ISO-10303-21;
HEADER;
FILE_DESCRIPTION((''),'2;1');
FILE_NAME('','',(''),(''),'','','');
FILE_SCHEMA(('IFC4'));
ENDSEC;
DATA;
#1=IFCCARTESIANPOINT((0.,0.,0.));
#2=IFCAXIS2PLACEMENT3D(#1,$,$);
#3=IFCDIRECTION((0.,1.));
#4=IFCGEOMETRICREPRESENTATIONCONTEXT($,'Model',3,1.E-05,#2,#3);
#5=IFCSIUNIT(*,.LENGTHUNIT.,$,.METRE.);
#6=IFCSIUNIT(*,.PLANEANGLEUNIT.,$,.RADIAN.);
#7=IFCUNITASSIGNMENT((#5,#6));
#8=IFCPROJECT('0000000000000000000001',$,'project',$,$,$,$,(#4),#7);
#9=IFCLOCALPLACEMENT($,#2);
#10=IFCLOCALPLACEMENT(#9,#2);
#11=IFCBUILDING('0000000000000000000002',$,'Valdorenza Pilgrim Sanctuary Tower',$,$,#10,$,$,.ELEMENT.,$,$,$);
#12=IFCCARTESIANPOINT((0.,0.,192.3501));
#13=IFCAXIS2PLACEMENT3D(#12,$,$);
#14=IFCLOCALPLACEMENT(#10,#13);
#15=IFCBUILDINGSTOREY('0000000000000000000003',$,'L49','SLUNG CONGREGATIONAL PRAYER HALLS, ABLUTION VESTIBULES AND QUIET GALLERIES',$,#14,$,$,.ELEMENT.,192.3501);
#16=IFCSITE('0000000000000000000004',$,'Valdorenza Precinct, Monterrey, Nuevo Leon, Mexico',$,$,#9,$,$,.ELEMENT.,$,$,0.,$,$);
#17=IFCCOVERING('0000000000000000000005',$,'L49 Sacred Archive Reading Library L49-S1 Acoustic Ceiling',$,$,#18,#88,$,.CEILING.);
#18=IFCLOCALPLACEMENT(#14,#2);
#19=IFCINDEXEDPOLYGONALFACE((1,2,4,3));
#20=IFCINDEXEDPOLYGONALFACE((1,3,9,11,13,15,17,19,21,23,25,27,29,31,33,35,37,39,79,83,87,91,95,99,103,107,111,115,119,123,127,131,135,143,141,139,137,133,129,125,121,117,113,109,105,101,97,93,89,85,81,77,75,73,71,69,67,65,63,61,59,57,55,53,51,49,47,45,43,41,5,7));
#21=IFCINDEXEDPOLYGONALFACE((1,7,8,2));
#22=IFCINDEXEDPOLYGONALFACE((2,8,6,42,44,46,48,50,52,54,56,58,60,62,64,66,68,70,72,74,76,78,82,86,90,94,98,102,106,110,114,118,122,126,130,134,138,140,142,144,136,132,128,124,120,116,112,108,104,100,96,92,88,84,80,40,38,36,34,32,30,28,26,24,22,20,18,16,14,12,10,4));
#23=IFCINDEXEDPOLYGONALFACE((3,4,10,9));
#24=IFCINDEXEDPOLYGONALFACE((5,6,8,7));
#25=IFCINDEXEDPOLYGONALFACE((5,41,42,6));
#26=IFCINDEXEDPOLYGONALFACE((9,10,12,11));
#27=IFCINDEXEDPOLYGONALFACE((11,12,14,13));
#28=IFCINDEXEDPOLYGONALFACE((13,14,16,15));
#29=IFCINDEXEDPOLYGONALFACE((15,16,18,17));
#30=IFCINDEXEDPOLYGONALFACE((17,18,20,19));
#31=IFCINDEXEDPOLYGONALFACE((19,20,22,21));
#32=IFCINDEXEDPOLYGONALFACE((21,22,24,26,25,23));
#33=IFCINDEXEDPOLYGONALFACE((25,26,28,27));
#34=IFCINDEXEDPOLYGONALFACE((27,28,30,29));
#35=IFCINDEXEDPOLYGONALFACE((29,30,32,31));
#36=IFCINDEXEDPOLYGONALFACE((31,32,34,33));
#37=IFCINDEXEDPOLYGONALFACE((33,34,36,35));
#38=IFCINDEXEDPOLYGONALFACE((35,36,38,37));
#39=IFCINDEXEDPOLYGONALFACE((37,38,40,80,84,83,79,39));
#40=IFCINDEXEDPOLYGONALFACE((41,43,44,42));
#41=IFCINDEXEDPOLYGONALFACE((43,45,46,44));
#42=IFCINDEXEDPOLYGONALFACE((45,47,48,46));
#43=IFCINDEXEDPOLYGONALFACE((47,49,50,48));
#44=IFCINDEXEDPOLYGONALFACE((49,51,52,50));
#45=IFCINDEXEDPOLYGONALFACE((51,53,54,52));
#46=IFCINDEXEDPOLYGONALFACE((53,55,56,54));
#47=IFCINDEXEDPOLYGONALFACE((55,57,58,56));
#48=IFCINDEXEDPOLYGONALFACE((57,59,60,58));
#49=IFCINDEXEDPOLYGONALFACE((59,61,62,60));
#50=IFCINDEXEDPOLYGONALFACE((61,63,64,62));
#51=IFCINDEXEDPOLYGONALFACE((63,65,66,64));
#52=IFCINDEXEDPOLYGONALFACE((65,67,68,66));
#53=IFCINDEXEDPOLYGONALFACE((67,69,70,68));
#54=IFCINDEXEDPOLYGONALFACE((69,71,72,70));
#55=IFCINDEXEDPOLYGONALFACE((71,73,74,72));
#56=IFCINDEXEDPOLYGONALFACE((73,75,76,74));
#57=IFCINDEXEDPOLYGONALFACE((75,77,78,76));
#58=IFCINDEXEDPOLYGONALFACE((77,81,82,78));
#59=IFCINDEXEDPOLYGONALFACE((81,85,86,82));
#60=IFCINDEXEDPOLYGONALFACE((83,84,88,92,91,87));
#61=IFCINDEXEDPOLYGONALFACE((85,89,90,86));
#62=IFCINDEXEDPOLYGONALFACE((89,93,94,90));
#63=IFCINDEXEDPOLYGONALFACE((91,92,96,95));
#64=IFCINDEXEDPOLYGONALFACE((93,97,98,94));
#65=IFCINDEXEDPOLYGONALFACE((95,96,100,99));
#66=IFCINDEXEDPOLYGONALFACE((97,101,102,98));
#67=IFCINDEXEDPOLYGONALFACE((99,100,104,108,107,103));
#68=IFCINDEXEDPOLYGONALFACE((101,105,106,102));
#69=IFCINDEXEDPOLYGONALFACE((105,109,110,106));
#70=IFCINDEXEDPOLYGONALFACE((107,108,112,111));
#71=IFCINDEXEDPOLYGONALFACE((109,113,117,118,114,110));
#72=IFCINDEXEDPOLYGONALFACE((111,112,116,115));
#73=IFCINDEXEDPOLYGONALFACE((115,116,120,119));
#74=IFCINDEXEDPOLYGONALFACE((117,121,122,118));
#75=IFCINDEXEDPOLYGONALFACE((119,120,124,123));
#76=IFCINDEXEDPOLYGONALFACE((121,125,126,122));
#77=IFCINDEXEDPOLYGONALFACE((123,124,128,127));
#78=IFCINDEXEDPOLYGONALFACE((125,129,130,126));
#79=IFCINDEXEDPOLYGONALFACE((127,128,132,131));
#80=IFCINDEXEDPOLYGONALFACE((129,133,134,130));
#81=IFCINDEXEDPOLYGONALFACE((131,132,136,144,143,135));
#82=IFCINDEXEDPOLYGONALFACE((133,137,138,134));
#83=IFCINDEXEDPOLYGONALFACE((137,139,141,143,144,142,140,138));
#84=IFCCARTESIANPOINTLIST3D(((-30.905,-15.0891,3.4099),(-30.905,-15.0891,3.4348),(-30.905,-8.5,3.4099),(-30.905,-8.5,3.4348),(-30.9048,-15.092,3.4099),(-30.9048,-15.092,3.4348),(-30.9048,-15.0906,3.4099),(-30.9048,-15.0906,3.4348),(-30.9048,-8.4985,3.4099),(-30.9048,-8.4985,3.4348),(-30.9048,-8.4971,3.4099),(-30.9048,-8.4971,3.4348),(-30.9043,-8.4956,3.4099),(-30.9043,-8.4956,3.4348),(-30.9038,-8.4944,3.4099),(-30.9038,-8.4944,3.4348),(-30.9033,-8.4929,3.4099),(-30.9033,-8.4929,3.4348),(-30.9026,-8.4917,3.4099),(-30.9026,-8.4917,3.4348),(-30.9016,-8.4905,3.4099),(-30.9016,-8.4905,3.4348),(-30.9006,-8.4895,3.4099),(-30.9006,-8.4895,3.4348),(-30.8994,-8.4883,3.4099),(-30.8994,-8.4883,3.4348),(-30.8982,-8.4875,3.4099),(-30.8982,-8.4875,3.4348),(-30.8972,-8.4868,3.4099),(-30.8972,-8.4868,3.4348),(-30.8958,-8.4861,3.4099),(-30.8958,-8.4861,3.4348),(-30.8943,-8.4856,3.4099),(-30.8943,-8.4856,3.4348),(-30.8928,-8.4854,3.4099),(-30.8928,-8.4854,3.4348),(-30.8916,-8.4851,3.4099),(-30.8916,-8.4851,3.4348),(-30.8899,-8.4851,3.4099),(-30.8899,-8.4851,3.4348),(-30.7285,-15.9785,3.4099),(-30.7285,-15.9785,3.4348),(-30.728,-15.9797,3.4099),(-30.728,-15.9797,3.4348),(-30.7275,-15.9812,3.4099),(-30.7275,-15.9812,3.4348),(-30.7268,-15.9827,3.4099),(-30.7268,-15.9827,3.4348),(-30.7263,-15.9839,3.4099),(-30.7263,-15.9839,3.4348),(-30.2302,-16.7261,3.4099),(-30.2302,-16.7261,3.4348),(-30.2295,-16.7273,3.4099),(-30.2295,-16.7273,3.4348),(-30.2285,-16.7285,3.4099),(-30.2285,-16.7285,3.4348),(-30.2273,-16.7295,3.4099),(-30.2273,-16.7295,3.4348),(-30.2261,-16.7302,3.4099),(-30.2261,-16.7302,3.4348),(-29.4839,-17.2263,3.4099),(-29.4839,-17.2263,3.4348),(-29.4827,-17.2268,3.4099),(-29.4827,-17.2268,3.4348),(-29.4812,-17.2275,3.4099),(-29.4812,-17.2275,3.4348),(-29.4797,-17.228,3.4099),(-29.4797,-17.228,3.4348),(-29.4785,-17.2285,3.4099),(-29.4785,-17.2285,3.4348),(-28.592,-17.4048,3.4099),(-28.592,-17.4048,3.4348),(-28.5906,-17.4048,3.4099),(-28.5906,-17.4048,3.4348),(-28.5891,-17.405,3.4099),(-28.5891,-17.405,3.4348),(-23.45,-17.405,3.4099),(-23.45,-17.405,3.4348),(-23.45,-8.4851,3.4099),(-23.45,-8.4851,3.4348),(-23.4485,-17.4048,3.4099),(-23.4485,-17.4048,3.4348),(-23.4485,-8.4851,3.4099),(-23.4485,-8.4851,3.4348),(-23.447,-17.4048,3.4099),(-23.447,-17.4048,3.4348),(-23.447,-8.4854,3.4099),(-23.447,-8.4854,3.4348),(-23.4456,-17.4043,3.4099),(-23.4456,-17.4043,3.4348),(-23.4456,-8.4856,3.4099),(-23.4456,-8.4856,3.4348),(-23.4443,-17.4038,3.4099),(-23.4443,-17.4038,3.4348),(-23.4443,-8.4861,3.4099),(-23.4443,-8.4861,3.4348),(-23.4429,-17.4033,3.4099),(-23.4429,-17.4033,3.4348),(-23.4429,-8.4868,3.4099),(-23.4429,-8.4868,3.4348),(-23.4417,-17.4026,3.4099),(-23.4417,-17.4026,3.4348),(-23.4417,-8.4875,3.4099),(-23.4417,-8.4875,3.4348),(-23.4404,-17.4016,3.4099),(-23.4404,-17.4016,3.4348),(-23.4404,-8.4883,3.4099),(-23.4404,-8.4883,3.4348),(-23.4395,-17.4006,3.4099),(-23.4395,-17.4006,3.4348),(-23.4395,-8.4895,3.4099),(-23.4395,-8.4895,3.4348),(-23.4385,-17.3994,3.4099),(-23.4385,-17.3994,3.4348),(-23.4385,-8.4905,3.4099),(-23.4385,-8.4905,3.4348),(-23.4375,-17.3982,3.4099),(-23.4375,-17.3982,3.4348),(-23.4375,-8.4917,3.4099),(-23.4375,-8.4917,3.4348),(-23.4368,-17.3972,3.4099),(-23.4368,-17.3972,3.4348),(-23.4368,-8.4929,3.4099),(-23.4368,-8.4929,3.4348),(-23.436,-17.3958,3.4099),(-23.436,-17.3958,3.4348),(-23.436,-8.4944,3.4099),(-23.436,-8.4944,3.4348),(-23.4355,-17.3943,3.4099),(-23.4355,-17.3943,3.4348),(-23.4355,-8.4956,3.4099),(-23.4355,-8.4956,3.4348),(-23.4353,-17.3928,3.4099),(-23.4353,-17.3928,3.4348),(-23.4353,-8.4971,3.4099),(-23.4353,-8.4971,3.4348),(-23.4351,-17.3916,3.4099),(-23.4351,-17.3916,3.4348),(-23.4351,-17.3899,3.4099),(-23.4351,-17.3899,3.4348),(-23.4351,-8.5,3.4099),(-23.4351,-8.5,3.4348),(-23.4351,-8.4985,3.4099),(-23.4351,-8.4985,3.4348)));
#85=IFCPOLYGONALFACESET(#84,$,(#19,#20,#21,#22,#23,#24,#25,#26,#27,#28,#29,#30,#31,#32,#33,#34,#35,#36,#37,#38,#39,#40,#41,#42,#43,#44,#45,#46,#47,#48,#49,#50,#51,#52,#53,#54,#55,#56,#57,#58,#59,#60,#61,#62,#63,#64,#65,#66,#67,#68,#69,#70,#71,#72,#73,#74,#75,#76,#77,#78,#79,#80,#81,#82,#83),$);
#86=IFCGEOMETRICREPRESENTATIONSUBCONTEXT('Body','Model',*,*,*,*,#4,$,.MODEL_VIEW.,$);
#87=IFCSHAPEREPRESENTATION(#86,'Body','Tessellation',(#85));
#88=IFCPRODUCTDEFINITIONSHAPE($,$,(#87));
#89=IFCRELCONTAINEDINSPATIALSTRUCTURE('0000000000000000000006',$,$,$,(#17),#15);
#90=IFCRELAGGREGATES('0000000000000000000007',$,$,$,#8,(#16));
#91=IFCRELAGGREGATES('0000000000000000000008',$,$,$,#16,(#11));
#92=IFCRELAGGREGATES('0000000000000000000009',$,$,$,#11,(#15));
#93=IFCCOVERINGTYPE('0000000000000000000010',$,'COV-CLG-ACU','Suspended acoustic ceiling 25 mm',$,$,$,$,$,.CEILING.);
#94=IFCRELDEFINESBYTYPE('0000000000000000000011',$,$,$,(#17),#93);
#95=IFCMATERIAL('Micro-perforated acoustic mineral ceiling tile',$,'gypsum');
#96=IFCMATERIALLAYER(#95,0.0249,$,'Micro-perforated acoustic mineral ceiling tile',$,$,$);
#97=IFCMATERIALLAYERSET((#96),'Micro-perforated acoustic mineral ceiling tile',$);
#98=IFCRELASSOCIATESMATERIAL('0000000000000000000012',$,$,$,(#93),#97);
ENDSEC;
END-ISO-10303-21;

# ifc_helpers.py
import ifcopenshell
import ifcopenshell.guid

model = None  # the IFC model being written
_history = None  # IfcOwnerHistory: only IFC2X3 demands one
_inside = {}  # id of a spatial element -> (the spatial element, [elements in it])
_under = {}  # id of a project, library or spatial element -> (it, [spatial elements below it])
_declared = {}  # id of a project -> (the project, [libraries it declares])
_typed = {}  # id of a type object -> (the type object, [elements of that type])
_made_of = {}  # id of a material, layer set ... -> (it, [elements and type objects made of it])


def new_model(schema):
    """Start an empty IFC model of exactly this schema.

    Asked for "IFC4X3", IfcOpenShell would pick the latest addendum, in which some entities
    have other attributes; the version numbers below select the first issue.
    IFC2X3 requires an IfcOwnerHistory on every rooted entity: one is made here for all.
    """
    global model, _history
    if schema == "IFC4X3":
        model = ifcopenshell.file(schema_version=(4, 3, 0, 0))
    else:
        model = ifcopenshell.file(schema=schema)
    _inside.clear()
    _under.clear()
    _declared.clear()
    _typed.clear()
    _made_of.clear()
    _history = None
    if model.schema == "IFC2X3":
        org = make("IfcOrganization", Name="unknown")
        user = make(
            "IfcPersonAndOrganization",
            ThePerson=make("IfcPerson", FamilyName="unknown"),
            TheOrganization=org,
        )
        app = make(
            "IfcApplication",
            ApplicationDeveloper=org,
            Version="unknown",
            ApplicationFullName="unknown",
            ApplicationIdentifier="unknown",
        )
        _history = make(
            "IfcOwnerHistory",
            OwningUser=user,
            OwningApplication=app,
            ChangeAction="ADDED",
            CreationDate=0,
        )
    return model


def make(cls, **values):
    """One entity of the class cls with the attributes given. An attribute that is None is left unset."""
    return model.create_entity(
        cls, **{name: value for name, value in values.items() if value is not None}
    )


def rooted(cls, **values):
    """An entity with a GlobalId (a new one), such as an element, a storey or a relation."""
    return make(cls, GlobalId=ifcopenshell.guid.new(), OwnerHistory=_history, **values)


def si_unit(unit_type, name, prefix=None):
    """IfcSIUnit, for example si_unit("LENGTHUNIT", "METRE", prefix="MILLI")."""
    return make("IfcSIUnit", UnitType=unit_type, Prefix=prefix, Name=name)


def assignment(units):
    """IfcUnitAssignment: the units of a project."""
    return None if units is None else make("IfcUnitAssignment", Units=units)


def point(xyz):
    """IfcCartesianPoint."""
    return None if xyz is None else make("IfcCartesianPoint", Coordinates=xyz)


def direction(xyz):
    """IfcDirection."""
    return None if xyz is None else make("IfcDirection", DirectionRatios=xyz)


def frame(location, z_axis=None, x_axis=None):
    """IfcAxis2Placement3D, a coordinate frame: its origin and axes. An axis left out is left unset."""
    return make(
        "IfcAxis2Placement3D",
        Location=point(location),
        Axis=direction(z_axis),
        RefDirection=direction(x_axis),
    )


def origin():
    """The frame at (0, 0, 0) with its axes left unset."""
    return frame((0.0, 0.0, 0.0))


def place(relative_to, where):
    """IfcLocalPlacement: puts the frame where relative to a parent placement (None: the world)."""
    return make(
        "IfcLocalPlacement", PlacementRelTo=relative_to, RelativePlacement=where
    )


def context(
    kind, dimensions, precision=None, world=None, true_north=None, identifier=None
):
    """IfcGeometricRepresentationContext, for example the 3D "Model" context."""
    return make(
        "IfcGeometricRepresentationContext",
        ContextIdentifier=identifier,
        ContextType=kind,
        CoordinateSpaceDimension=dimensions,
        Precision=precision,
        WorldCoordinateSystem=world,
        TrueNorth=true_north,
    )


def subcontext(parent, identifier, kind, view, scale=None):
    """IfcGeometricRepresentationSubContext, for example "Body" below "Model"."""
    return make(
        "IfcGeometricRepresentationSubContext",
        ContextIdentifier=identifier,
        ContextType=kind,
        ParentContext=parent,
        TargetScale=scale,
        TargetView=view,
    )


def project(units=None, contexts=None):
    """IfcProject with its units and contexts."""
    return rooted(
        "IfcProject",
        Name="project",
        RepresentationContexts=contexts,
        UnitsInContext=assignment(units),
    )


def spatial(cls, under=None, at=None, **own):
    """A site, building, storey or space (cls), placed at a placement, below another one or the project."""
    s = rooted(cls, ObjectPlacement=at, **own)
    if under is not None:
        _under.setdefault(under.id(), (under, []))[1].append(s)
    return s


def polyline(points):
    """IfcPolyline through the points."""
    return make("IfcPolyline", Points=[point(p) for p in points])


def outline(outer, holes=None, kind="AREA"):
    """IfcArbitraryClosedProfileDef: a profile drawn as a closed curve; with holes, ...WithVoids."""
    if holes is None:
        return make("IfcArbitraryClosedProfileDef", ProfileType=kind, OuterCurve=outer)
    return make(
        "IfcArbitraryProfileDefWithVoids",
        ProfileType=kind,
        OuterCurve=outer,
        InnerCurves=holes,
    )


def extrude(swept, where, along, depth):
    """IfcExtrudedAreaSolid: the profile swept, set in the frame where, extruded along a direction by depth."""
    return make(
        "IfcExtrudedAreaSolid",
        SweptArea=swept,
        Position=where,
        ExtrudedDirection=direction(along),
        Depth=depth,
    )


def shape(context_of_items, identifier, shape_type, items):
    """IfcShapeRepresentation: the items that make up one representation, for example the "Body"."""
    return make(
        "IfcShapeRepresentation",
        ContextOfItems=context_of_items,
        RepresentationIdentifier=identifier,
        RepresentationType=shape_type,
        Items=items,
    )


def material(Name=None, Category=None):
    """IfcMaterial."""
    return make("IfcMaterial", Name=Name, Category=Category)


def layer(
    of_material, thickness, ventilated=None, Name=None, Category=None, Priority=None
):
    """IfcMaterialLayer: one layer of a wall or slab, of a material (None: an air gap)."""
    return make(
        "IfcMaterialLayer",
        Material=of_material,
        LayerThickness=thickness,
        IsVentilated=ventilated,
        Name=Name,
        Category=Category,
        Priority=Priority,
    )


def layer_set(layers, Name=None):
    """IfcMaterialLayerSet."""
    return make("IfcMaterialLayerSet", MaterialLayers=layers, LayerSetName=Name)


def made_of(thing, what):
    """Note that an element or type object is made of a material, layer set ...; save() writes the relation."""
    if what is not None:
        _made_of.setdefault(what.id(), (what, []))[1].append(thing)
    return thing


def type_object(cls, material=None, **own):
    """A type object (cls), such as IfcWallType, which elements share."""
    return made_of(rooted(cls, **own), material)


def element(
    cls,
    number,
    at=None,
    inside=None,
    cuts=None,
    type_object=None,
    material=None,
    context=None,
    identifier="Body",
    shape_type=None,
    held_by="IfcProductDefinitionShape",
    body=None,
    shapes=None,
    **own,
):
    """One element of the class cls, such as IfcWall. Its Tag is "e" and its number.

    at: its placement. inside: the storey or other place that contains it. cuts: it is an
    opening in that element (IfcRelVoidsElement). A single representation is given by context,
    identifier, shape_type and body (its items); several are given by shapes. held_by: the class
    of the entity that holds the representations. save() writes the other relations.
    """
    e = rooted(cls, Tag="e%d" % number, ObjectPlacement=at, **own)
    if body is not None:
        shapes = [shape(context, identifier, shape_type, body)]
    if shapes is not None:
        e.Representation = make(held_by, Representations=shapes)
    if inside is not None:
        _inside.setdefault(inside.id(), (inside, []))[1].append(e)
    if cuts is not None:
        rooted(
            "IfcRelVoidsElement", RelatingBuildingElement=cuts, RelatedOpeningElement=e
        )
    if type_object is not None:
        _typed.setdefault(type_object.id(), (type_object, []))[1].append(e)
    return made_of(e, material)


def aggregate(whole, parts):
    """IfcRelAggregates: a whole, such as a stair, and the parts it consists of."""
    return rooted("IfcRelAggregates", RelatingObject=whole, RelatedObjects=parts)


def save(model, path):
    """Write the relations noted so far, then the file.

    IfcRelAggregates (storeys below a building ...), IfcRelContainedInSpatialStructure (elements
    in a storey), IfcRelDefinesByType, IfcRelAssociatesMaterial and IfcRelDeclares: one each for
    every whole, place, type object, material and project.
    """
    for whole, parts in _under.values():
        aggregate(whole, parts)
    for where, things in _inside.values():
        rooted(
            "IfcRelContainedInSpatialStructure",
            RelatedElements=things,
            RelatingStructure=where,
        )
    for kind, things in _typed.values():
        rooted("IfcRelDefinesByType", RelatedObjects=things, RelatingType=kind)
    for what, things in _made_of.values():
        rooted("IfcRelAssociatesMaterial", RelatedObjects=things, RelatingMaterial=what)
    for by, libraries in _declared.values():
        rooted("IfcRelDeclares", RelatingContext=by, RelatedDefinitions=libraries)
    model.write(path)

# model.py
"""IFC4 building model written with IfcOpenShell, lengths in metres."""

from ifc_helpers import new_model, si_unit, direction, frame, origin, place, context, subcontext, project, spatial, polyline, outline, extrude, material, layer, layer_set, type_object, element, save


model = new_model("IFC4")

# Units and contexts
model_context = context("Model", 3, precision=1e-05, world=origin(), true_north=direction((0.0, 1.0)))
body_context = subcontext(model_context, "Body", "Model", "MODEL_VIEW")
ifc_project = project(units=[si_unit("LENGTHUNIT", "METRE"), si_unit("PLANEANGLEUNIT", "RADIAN")], contexts=[model_context])

# Site, building, storey
site_placement = place(None, origin())
site = spatial("IfcSite", under=ifc_project, at=site_placement, Name="Valdorenza Precinct, Monterrey, Nuevo Leon, Mexico", CompositionType="ELEMENT", RefElevation=0.0)
building_placement = place(site_placement, origin())
building = spatial("IfcBuilding", under=site, at=building_placement, Name="Valdorenza Pilgrim Sanctuary Tower", CompositionType="ELEMENT")
storey_placement = place(building_placement, frame((0.0, 0.0, 192.3501)))
storey = spatial("IfcBuildingStorey", under=building, at=storey_placement, Name="L49", Description="SLUNG CONGREGATIONAL PRAYER HALLS, ABLUTION VESTIBULES AND QUIET GALLERIES", CompositionType="ELEMENT", Elevation=192.3501)

# Covering
ifc_material_1 = material(Name="Micro-perforated acoustic mineral ceiling tile", Category="gypsum")
ifc_layer_1 = layer(ifc_material_1, 0.0249, Name="Micro-perforated acoustic mineral ceiling tile")
ifc_layer_set_1 = layer_set([ifc_layer_1], Name="Micro-perforated acoustic mineral ceiling tile")
covering_type_1 = type_object("IfcCoveringType", Name="COV-CLG-ACU", Description="Suspended acoustic ceiling 25 mm", PredefinedType="CEILING", material=ifc_layer_set_1)
covering_1_placement = place(storey_placement, frame((0.0, 0.0, 3.4099)))
element("IfcCovering", 1, at=covering_1_placement, inside=storey, type_object=covering_type_1, Name="L49 Sacred Archive Reading Library L49-S1 Acoustic Ceiling", PredefinedType="CEILING", context=body_context, shape_type="SweptSolid", body=[
    extrude(outline(polyline([(-23.4351, -17.3899), (-23.4351, -17.3916), (-23.4353, -17.3928), (-23.4355, -17.3943), (-23.436, -17.3958), (-23.4368, -17.3972), (-23.4375, -17.3982), (-23.4385, -17.3994), (-23.4395, -17.4006), (-23.4404, -17.4016), (-23.4417, -17.4026), (-23.4429, -17.4033), (-23.4443, -17.4038), (-23.4456, -17.4043), (-23.447, -17.4048), (-23.4485, -17.4048), (-23.45, -17.405), (-28.5891, -17.405), (-28.5906, -17.4048), (-28.592, -17.4048), (-29.4785, -17.2285), (-29.4797, -17.228), (-29.4812, -17.2275), (-29.4827, -17.2268), (-29.4839, -17.2263), (-30.2261, -16.7302), (-30.2273, -16.7295), (-30.2285, -16.7285), (-30.2295, -16.7273), (-30.2302, -16.7261), (-30.7263, -15.9839), (-30.7268, -15.9827), (-30.7275, -15.9812), (-30.728, -15.9797), (-30.7285, -15.9785), (-30.9048, -15.092), (-30.9048, -15.0906), (-30.905, -15.0891), (-30.905, -8.5), (-30.9048, -8.4985), (-30.9048, -8.4971), (-30.9043, -8.4956), (-30.9038, -8.4944), (-30.9033, -8.4929), (-30.9026, -8.4917), (-30.9016, -8.4905), (-30.9006, -8.4895), (-30.8994, -8.4883), (-30.8982, -8.4875), (-30.8972, -8.4868), (-30.8958, -8.4861), (-30.8943, -8.4856), (-30.8928, -8.4854), (-30.8916, -8.4851), (-30.8899, -8.4851), (-23.45, -8.4851), (-23.4485, -8.4851), (-23.447, -8.4854), (-23.4456, -8.4856), (-23.4443, -8.4861), (-23.4429, -8.4868), (-23.4417, -8.4875), (-23.4404, -8.4883), (-23.4395, -8.4895), (-23.4385, -8.4905), (-23.4375, -8.4917), (-23.4368, -8.4929), (-23.436, -8.4944), (-23.4355, -8.4956), (-23.4353, -8.4971), (-23.4351, -8.4985), (-23.4351, -8.5), (-23.4351, -17.3899)])), origin(), (0.0, 0.0, 1.0), 0.0249),
])

save(model, "model.ifc")
